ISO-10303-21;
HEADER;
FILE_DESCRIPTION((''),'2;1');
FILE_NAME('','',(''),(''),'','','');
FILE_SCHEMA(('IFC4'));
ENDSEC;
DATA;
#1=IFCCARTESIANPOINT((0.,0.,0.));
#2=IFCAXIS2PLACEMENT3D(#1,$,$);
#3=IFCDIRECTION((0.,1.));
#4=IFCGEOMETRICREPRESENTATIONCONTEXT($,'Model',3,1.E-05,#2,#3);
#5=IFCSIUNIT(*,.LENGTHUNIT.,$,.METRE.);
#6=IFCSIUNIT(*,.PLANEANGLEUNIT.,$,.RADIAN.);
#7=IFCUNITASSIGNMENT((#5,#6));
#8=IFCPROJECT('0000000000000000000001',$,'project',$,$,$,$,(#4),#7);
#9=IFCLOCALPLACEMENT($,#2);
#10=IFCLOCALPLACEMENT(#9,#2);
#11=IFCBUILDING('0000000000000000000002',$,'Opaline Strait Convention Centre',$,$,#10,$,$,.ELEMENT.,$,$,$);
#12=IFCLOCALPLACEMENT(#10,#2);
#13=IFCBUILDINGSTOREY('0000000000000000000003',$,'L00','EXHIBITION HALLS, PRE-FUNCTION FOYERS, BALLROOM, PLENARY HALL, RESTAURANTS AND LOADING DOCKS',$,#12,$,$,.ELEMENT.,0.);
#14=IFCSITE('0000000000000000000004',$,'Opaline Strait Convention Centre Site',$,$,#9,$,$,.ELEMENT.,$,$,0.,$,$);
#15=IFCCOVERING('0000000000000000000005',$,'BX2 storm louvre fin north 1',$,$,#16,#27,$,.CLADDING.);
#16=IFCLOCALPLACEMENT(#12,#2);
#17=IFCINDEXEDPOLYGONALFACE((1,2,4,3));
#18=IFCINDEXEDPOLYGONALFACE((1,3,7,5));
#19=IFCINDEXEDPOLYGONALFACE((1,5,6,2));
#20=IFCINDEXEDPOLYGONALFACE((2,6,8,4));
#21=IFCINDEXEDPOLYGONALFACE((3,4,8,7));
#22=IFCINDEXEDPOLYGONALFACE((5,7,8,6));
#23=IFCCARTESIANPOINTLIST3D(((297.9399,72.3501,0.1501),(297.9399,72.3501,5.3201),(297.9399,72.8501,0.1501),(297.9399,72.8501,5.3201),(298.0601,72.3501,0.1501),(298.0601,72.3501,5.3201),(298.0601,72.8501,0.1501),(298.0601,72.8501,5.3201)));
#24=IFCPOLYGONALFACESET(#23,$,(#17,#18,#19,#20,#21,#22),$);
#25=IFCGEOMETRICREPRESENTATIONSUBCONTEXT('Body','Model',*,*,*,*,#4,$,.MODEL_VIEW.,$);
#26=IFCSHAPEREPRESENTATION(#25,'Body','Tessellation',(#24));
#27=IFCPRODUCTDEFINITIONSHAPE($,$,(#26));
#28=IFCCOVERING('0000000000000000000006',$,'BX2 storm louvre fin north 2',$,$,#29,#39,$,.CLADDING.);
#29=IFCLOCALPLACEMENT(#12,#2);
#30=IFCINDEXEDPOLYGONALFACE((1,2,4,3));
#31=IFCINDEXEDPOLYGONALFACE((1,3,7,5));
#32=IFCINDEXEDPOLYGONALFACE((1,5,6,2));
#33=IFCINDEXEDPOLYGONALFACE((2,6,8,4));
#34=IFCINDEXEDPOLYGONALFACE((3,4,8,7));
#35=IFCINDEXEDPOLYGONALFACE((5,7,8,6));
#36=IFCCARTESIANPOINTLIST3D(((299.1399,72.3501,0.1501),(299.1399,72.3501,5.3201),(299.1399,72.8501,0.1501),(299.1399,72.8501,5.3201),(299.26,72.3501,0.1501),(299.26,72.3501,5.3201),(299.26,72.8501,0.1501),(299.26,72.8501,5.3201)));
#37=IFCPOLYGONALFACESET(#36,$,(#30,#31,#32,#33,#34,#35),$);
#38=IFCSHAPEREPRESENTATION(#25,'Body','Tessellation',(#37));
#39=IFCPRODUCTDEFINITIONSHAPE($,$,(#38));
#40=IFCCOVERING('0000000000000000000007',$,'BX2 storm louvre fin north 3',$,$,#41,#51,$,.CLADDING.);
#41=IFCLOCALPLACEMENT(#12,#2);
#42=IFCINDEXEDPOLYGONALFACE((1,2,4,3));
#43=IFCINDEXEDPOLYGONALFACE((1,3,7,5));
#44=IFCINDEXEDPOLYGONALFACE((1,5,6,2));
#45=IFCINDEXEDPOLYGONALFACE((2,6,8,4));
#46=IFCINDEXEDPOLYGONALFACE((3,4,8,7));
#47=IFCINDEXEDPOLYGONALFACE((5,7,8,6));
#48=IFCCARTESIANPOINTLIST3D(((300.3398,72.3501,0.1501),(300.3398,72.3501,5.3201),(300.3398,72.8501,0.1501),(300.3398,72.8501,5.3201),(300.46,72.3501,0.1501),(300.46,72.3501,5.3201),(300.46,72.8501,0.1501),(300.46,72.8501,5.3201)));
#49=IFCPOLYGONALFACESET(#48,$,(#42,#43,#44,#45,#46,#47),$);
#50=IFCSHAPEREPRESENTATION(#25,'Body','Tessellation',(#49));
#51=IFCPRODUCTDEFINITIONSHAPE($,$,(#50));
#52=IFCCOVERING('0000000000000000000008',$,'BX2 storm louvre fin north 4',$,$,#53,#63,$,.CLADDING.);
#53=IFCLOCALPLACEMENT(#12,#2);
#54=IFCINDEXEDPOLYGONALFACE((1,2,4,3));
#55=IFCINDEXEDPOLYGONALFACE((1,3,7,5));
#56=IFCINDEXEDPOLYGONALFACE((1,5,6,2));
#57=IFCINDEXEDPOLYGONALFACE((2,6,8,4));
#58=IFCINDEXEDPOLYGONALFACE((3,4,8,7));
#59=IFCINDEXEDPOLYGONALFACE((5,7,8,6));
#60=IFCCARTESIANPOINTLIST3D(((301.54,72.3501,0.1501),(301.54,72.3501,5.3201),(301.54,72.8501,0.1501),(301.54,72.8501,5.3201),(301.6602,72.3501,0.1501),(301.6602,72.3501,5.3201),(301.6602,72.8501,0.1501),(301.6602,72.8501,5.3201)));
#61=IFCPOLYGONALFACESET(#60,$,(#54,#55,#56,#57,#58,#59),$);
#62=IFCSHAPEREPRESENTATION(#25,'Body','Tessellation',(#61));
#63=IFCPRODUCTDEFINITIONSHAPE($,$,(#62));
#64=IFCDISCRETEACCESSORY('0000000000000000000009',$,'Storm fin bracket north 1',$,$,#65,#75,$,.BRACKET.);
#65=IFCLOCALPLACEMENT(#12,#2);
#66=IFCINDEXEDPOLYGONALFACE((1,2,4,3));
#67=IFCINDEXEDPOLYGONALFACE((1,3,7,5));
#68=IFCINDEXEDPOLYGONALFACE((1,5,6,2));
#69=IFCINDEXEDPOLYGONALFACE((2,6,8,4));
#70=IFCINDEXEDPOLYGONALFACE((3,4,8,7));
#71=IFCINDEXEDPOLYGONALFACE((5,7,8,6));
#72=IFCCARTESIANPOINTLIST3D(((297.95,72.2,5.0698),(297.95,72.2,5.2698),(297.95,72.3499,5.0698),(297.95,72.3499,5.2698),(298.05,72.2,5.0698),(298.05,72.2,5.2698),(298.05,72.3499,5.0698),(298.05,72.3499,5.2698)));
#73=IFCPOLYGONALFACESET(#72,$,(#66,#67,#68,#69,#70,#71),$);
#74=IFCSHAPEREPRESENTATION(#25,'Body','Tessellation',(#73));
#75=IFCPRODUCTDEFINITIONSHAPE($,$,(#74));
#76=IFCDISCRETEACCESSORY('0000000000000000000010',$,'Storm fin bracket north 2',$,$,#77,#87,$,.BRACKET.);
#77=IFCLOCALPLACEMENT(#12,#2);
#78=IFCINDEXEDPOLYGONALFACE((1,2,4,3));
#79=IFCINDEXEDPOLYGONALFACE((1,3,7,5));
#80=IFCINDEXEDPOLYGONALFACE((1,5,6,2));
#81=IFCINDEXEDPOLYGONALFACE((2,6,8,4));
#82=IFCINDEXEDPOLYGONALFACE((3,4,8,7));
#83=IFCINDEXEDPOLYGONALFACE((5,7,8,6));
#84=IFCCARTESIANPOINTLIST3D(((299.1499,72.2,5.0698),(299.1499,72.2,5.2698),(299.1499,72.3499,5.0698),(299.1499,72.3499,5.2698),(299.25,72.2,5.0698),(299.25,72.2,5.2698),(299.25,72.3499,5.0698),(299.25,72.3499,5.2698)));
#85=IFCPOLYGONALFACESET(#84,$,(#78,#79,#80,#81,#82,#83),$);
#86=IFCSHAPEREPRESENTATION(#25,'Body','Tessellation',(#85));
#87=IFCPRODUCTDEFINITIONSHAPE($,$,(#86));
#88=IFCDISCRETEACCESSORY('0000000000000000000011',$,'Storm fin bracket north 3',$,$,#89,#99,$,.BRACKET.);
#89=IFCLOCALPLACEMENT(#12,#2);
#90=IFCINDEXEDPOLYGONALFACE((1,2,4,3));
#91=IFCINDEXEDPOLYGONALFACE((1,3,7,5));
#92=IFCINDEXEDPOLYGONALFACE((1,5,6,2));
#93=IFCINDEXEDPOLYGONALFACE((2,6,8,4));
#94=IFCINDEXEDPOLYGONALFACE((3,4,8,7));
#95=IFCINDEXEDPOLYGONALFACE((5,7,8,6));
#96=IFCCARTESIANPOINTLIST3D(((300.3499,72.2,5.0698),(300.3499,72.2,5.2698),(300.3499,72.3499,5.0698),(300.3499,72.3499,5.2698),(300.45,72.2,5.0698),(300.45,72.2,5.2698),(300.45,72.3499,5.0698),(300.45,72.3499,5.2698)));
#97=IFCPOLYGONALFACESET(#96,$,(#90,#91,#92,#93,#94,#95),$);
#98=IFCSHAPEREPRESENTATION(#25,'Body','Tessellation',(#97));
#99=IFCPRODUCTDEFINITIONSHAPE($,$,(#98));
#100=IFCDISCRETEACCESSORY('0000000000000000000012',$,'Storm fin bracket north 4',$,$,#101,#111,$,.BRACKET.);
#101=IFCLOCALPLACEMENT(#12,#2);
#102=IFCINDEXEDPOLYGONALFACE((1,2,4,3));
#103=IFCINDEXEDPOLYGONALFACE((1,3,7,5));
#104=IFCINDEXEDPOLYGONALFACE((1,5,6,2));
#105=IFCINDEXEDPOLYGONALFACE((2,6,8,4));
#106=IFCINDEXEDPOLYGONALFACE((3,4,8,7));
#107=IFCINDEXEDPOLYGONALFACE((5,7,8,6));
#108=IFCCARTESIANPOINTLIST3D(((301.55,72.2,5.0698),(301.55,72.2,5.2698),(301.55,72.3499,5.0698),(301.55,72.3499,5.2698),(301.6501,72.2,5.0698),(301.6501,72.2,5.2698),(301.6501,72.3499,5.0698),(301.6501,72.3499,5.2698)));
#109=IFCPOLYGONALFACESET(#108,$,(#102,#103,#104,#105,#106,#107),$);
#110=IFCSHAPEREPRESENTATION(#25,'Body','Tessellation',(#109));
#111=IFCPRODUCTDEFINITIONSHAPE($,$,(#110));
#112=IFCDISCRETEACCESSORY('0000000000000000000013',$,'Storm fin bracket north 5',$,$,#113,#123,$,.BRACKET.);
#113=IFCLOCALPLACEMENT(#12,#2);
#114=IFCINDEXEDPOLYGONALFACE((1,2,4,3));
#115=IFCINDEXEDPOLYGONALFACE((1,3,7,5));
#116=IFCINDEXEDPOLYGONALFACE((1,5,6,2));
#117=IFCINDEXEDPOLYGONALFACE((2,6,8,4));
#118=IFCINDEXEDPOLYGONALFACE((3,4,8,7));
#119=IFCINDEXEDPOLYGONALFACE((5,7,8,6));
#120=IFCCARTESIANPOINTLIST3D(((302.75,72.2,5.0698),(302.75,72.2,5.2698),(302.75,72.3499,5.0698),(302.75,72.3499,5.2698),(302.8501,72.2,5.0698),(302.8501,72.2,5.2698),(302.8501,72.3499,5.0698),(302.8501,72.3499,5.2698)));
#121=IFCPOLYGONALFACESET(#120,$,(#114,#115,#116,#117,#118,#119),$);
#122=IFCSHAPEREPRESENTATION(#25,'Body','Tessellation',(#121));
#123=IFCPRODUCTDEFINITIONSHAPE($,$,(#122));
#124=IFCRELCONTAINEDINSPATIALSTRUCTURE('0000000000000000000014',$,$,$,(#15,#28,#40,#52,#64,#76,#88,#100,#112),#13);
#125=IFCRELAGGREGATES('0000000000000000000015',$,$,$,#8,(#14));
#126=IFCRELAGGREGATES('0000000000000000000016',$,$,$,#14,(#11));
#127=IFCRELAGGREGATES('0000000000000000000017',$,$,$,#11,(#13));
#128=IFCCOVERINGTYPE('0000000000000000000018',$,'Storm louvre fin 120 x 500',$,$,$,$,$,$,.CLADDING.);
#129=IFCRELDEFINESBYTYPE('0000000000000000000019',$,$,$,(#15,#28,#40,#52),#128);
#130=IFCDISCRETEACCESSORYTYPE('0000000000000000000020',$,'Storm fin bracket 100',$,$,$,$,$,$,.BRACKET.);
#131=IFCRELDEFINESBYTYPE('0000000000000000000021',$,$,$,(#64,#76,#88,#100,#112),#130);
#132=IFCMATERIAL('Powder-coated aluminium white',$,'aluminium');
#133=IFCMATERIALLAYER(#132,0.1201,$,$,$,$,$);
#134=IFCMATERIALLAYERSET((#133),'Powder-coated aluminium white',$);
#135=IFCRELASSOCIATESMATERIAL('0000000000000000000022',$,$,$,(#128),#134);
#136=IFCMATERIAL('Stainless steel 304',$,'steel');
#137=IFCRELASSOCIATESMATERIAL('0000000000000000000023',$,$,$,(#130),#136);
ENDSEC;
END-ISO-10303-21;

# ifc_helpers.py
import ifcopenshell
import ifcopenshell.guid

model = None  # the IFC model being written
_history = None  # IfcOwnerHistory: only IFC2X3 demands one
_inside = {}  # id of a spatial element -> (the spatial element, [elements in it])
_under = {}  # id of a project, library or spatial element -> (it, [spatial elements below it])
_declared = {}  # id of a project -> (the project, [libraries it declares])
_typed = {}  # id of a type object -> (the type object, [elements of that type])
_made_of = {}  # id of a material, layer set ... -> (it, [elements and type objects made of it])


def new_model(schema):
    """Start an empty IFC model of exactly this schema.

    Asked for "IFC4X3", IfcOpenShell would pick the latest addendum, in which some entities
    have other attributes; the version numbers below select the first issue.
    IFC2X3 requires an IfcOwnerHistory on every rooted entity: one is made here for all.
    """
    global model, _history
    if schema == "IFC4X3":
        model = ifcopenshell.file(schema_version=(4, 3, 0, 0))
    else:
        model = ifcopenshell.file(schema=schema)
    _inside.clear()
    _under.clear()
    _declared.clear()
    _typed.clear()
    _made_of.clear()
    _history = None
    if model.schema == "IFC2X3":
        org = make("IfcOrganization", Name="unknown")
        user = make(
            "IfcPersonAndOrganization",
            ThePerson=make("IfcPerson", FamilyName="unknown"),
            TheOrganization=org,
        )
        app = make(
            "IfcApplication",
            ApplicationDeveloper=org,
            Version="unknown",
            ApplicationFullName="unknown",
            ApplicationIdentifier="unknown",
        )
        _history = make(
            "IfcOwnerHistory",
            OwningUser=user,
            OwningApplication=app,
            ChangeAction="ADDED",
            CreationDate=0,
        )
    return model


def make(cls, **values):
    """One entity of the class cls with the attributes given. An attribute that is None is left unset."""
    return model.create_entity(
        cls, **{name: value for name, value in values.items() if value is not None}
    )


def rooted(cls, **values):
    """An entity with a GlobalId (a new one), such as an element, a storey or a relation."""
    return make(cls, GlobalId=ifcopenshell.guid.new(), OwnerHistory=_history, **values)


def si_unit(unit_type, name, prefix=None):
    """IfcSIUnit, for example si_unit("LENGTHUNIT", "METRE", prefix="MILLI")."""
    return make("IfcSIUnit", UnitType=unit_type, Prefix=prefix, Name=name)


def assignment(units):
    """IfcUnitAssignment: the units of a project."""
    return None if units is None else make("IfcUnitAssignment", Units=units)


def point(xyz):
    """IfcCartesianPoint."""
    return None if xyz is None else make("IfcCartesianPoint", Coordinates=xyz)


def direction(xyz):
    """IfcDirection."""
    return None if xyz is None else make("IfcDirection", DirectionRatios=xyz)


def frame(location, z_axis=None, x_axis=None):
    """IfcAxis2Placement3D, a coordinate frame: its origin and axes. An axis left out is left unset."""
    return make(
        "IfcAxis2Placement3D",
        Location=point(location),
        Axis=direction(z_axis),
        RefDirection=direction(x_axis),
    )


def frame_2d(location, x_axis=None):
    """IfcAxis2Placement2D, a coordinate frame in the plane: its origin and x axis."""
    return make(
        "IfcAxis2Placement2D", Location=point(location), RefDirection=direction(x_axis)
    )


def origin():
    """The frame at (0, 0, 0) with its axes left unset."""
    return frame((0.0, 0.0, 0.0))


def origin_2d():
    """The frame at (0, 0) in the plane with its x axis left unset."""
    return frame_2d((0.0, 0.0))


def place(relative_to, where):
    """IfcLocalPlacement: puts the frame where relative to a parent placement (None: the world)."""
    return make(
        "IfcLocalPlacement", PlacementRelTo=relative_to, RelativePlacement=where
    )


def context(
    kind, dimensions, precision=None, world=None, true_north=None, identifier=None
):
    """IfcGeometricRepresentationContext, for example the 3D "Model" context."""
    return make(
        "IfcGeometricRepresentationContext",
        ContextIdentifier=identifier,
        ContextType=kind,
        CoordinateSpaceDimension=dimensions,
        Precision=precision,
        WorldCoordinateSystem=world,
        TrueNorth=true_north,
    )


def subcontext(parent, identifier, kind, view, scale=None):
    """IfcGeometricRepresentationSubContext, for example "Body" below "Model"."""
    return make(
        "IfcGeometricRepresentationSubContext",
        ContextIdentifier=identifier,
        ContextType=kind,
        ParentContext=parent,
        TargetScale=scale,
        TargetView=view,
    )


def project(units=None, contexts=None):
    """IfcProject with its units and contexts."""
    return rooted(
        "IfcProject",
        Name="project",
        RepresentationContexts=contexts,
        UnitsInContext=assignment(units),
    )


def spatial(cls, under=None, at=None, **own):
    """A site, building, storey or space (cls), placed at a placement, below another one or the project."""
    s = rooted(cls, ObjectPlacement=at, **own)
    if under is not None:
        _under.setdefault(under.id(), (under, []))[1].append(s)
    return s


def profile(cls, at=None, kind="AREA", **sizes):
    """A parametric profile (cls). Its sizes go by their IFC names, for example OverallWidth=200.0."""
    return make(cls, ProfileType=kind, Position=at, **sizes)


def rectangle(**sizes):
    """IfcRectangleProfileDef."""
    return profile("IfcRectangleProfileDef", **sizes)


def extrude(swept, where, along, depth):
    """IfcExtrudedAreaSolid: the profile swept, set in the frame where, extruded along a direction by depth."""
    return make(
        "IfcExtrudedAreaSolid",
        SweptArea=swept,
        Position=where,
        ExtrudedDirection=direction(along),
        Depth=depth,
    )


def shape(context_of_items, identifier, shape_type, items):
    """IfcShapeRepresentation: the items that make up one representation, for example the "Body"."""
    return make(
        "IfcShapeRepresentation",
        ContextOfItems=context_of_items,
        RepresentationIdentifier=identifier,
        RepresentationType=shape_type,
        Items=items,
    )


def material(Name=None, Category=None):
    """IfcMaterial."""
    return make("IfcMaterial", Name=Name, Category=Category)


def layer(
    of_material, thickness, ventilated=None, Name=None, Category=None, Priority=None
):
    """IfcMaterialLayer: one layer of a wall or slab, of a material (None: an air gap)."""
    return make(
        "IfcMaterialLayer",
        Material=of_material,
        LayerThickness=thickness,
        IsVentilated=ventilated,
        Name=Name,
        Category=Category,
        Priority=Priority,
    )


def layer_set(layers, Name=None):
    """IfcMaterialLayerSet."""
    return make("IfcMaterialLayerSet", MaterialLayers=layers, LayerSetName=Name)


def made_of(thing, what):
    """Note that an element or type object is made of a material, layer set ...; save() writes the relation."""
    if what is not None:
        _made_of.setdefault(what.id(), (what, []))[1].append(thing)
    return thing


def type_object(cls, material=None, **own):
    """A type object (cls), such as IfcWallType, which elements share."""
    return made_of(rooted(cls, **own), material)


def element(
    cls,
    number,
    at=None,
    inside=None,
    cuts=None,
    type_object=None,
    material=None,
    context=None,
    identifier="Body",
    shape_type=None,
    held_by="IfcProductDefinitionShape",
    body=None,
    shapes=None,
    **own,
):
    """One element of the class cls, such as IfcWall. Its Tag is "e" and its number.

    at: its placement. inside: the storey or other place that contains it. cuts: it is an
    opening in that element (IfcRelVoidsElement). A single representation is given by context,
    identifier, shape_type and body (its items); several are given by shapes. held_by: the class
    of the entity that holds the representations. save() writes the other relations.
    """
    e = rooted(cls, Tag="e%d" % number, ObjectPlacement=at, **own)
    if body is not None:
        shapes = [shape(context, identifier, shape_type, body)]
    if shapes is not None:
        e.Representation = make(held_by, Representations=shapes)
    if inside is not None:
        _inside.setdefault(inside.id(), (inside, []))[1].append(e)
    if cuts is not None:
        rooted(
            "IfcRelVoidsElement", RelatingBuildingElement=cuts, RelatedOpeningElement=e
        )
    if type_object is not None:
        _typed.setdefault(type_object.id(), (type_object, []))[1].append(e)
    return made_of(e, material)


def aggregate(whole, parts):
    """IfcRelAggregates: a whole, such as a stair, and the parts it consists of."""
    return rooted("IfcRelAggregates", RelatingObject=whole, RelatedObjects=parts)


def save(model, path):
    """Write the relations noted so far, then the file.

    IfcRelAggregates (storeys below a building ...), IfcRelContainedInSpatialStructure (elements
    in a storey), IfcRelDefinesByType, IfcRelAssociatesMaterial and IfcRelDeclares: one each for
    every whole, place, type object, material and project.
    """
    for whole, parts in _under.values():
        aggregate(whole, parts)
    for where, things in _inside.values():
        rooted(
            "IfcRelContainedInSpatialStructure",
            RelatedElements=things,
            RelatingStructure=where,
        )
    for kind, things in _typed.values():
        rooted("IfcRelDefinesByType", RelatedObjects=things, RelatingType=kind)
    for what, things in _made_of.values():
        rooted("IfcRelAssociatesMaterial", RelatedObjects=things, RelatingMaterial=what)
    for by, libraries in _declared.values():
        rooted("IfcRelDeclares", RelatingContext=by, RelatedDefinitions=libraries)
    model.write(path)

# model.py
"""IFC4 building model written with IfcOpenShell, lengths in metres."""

from ifc_helpers import new_model, si_unit, direction, frame, origin, origin_2d, place, context, subcontext, project, spatial, rectangle, extrude, material, layer, layer_set, type_object, element, save


model = new_model("IFC4")

# Units and contexts
model_context = context("Model", 3, precision=1e-05, world=origin(), true_north=direction((0.0, 1.0)))
body_context = subcontext(model_context, "Body", "Model", "MODEL_VIEW")
ifc_project = project(units=[si_unit("LENGTHUNIT", "METRE"), si_unit("PLANEANGLEUNIT", "RADIAN")], contexts=[model_context])

# Site, building, storey
site_placement = place(None, origin())
site = spatial("IfcSite", under=ifc_project, at=site_placement, Name="Opaline Strait Convention Centre Site", CompositionType="ELEMENT", RefElevation=0.0)
building_placement = place(site_placement, origin())
building = spatial("IfcBuilding", under=site, at=building_placement, Name="Opaline Strait Convention Centre", CompositionType="ELEMENT")
storey_placement = place(building_placement, origin())
storey = spatial("IfcBuildingStorey", under=building, at=storey_placement, Name="L00", Description="EXHIBITION HALLS, PRE-FUNCTION FOYERS, BALLROOM, PLENARY HALL, RESTAURANTS AND LOADING DOCKS", CompositionType="ELEMENT", Elevation=0.0)

# Coverings
ifc_material_1 = material(Name="Powder-coated aluminium white", Category="aluminium")
ifc_layer_1 = layer(ifc_material_1, 0.1201)
ifc_layer_set_1 = layer_set([ifc_layer_1], Name="Powder-coated aluminium white")
covering_type = type_object("IfcCoveringType", Name="Storm louvre fin 120 x 500", PredefinedType="CLADDING", material=ifc_layer_set_1)
for number, where, z_axis, x_axis, name in (
    (1, (298.0, 72.6001, 0.1501), (0.0, 0.0, 1.0), (1.0, 0.0, 0.0), "BX2 storm louvre fin north 1"),
    (2, (299.2, 72.6001, 0.1501), (0.0, 0.0, 1.0), (1.0, 0.0, 0.0), "BX2 storm louvre fin north 2"),
    (3, (300.3999, 72.6001, 0.1501), (0.0, 0.0, 1.0), (1.0, 0.0, 0.0), "BX2 storm louvre fin north 3"),
    (4, (301.6001, 72.6001, 0.1501), (0.0, 0.0, 1.0), (1.0, 0.0, 0.0), "BX2 storm louvre fin north 4"),
):
    element("IfcCovering", number, at=place(storey_placement, frame(where, z_axis=z_axis, x_axis=x_axis)), inside=storey, type_object=covering_type, Name=name, PredefinedType="CLADDING", context=body_context, shape_type="SweptSolid", body=[
        extrude(rectangle(XDim=0.1201, YDim=0.5, at=origin_2d()), origin(), (0.0, 0.0, 1.0), 5.1699),
    ])

# Discrete accessories
ifc_material_2 = material(Name="Stainless steel 304", Category="steel")
discrete_accessory_type = type_object("IfcDiscreteAccessoryType", Name="Storm fin bracket 100", PredefinedType="BRACKET", material=ifc_material_2)
for number, where, z_axis, x_axis, name in (
    (5, (298.0, 72.2749, 5.0698), (0.0, 0.0, 1.0), (1.0, 0.0, 0.0), "Storm fin bracket north 1"),
    (6, (299.2, 72.2749, 5.0698), (0.0, 0.0, 1.0), (1.0, 0.0, 0.0), "Storm fin bracket north 2"),
    (7, (300.3999, 72.2749, 5.0698), (0.0, 0.0, 1.0), (1.0, 0.0, 0.0), "Storm fin bracket north 3"),
    (8, (301.6001, 72.2749, 5.0698), (0.0, 0.0, 1.0), (1.0, 0.0, 0.0), "Storm fin bracket north 4"),
    (9, (302.8, 72.2749, 5.0698), (0.0, 0.0, 1.0), (1.0, 0.0, 0.0), "Storm fin bracket north 5"),
):
    element("IfcDiscreteAccessory", number, at=place(storey_placement, frame(where, z_axis=z_axis, x_axis=x_axis)), inside=storey, type_object=discrete_accessory_type, Name=name, PredefinedType="BRACKET", context=body_context, shape_type="SweptSolid", body=[
        extrude(rectangle(XDim=0.1001, YDim=0.1499, at=origin_2d()), origin(), (0.0, 0.0, 1.0), 0.2),
    ])

save(model, "model.ifc")
